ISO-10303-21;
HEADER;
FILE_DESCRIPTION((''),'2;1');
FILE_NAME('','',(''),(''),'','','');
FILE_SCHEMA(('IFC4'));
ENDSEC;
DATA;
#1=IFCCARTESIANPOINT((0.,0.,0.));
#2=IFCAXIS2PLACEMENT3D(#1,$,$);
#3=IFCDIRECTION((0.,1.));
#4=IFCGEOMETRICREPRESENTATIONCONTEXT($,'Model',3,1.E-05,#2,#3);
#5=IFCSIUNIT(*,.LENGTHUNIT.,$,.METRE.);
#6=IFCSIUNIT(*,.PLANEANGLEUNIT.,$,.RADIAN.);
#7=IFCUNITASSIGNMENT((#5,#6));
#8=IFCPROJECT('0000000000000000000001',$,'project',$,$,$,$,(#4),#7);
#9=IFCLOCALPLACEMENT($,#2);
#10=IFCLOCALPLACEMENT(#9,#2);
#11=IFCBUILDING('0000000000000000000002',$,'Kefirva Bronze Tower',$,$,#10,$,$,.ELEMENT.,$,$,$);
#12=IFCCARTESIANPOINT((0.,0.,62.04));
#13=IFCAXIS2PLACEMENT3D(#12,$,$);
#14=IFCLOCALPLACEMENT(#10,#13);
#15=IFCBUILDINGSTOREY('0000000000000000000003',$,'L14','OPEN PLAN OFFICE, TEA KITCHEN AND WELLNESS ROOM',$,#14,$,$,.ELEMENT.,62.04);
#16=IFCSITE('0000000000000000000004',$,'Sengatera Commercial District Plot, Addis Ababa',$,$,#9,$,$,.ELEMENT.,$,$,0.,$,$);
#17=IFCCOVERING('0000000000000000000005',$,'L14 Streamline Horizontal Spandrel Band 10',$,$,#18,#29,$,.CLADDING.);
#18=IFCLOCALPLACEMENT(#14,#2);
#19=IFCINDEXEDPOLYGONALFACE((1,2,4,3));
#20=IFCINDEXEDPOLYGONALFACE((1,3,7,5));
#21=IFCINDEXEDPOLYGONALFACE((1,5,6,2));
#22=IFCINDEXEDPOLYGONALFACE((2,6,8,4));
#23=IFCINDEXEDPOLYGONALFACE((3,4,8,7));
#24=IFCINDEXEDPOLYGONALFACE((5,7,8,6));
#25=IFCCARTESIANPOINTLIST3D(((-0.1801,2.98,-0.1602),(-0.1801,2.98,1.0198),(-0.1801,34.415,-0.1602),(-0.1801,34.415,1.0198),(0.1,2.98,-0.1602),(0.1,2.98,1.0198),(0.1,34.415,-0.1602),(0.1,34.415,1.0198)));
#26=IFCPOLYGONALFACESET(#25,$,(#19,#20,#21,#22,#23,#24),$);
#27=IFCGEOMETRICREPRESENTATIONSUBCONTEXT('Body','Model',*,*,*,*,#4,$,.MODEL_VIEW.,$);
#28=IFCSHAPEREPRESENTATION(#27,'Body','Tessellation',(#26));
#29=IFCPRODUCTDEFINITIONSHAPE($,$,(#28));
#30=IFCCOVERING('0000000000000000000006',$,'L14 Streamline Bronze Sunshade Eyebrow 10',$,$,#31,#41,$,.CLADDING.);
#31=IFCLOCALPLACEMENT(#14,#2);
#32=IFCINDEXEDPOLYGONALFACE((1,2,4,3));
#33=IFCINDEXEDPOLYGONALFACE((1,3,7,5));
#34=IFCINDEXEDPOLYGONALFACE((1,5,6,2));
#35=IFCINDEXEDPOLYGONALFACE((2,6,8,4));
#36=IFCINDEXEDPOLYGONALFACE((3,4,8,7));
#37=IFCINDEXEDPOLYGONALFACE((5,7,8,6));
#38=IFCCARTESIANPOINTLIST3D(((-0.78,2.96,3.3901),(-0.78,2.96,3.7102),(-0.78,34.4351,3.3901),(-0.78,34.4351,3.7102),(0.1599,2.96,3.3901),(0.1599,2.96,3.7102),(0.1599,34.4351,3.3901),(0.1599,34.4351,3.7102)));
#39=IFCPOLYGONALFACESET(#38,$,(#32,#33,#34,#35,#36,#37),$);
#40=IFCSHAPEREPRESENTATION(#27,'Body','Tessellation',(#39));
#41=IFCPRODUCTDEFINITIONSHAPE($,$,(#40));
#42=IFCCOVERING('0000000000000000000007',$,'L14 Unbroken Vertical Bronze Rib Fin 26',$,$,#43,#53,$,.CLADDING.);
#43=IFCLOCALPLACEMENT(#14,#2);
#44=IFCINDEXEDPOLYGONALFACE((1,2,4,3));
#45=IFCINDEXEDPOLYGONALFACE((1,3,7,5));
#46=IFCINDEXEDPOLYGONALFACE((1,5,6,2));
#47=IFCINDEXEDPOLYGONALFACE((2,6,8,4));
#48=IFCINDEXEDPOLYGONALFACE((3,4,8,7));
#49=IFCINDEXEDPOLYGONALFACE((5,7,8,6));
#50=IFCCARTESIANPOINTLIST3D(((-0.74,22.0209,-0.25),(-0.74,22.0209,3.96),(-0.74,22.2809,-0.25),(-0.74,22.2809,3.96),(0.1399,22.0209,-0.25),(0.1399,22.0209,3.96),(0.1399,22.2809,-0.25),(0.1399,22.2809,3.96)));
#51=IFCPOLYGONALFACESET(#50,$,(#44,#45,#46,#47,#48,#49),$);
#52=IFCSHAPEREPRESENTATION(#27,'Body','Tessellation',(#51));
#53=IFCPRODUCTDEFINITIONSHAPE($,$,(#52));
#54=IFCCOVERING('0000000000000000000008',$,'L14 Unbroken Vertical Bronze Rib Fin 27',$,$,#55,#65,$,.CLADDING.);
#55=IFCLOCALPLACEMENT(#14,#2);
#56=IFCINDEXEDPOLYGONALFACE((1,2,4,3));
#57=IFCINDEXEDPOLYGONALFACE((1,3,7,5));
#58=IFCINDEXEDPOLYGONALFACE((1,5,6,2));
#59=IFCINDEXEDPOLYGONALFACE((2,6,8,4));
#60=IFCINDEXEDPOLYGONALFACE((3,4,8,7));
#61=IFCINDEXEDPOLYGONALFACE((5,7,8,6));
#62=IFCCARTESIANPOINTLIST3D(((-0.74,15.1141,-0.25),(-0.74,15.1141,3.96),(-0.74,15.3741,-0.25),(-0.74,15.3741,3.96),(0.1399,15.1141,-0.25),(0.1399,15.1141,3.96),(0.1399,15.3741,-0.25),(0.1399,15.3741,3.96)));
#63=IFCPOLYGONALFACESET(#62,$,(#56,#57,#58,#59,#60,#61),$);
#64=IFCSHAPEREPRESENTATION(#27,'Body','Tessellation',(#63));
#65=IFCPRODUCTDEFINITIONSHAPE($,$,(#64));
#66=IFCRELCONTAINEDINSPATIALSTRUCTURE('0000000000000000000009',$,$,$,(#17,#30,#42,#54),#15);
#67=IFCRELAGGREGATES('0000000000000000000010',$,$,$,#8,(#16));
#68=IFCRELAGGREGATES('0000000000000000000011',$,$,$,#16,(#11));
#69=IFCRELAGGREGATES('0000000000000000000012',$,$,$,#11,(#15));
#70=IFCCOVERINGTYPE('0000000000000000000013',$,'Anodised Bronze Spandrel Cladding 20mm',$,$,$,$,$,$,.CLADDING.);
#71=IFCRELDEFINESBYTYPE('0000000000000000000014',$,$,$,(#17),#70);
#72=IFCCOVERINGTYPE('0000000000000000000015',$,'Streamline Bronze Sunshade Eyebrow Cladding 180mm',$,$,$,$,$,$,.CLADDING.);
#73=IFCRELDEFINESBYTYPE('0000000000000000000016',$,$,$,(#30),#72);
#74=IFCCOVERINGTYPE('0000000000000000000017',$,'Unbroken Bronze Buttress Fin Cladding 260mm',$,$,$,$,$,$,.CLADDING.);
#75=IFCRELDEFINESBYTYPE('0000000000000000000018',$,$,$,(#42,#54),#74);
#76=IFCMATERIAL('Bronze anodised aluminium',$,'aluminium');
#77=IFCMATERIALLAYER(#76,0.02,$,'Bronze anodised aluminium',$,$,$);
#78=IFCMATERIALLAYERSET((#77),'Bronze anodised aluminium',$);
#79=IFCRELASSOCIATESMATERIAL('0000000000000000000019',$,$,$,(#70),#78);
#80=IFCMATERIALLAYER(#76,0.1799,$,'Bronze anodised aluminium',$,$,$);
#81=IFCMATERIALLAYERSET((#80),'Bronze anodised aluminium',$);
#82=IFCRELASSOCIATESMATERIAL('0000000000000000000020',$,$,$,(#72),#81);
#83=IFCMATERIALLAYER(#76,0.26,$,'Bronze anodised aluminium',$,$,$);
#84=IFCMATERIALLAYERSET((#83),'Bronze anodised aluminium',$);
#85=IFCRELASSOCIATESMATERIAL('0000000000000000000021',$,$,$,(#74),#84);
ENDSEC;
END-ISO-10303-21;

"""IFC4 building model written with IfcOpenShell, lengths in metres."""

from ifc_helpers import new_model, si_unit, direction, frame, origin, origin_2d, place, context, subcontext, project, spatial, rectangle, extrude, material, layer, layer_set, type_object, element, save


model = new_model("IFC4")

# Units and contexts
model_context = context("Model", 3, precision=1e-05, world=origin(), true_north=direction((0.0, 1.0)))
body_context = subcontext(model_context, "Body", "Model", "MODEL_VIEW")
ifc_project = project(units=[si_unit("LENGTHUNIT", "METRE"), si_unit("PLANEANGLEUNIT", "RADIAN")], contexts=[model_context])

# Site, building, storey
site_placement = place(None, origin())
site = spatial("IfcSite", under=ifc_project, at=site_placement, Name="Sengatera Commercial District Plot, Addis Ababa", CompositionType="ELEMENT", RefElevation=0.0)
building_placement = place(site_placement, origin())
building = spatial("IfcBuilding", under=site, at=building_placement, Name="Kefirva Bronze Tower", CompositionType="ELEMENT")
storey_placement = place(building_placement, frame((0.0, 0.0, 62.04)))
storey = spatial("IfcBuildingStorey", under=building, at=storey_placement, Name="L14", Description="OPEN PLAN OFFICE, TEA KITCHEN AND WELLNESS ROOM", CompositionType="ELEMENT", Elevation=62.04)

# Shared definitions
ifc_material_1 = material(Name="Bronze anodised aluminium", Category="aluminium")

# Coverings
ifc_layer_1 = layer(ifc_material_1, 0.02, Name="Bronze anodised aluminium")
ifc_layer_set_1 = layer_set([ifc_layer_1], Name="Bronze anodised aluminium")
covering_type_1 = type_object("IfcCoveringType", Name="Anodised Bronze Spandrel Cladding 20mm", PredefinedType="CLADDING", material=ifc_layer_set_1)
covering_1_placement = place(storey_placement, frame((-0.04, 18.6975, -0.1602), z_axis=(0.0, 0.0, 1.0), x_axis=(0.0, -1.0, 0.0)))
element("IfcCovering", 1, at=covering_1_placement, inside=storey, type_object=covering_type_1, Name="L14 Streamline Horizontal Spandrel Band 10", PredefinedType="CLADDING", context=body_context, shape_type="SweptSolid", body=[
    extrude(rectangle(XDim=31.4351, YDim=0.28, at=origin_2d()), origin(), (0.0, 0.0, 1.0), 1.1799),
])
ifc_layer_2 = layer(ifc_material_1, 0.1799, Name="Bronze anodised aluminium")
ifc_layer_set_2 = layer_set([ifc_layer_2], Name="Bronze anodised aluminium")
covering_type_2 = type_object("IfcCoveringType", Name="Streamline Bronze Sunshade Eyebrow Cladding 180mm", PredefinedType="CLADDING", material=ifc_layer_set_2)
covering_2_placement = place(storey_placement, frame((-0.3101, 18.6975, 3.3901), z_axis=(0.0, 0.0, 1.0), x_axis=(0.0, -1.0, 0.0)))
element("IfcCovering", 2, at=covering_2_placement, inside=storey, type_object=covering_type_2, Name="L14 Streamline Bronze Sunshade Eyebrow 10", PredefinedType="CLADDING", context=body_context, shape_type="SweptSolid", body=[
    extrude(rectangle(XDim=31.4751, YDim=0.9399, at=origin_2d()), origin(), (0.0, 0.0, 1.0), 0.3201),
])
ifc_layer_3 = layer(ifc_material_1, 0.26, Name="Bronze anodised aluminium")
ifc_layer_set_3 = layer_set([ifc_layer_3], Name="Bronze anodised aluminium")
covering_type_3 = type_object("IfcCoveringType", Name="Unbroken Bronze Buttress Fin Cladding 260mm", PredefinedType="CLADDING", material=ifc_layer_set_3)
for number, where, z_axis, x_axis, name in (
    (3, (-0.3, 22.1509, -0.25), (0.0, 0.0, 1.0), (0.0, -1.0, 0.0), "L14 Unbroken Vertical Bronze Rib Fin 26"),
    (4, (-0.3, 15.2441, -0.25), (0.0, 0.0, 1.0), (0.0, -1.0, 0.0), "L14 Unbroken Vertical Bronze Rib Fin 27"),
):
    element("IfcCovering", number, at=place(storey_placement, frame(where, z_axis=z_axis, x_axis=x_axis)), inside=storey, type_object=covering_type_3, Name=name, PredefinedType="CLADDING", context=body_context, shape_type="SweptSolid", body=[
        extrude(rectangle(XDim=0.26, YDim=0.8799, at=origin_2d()), origin(), (0.0, 0.0, 1.0), 4.21),
    ])

save(model, "model.ifc")
